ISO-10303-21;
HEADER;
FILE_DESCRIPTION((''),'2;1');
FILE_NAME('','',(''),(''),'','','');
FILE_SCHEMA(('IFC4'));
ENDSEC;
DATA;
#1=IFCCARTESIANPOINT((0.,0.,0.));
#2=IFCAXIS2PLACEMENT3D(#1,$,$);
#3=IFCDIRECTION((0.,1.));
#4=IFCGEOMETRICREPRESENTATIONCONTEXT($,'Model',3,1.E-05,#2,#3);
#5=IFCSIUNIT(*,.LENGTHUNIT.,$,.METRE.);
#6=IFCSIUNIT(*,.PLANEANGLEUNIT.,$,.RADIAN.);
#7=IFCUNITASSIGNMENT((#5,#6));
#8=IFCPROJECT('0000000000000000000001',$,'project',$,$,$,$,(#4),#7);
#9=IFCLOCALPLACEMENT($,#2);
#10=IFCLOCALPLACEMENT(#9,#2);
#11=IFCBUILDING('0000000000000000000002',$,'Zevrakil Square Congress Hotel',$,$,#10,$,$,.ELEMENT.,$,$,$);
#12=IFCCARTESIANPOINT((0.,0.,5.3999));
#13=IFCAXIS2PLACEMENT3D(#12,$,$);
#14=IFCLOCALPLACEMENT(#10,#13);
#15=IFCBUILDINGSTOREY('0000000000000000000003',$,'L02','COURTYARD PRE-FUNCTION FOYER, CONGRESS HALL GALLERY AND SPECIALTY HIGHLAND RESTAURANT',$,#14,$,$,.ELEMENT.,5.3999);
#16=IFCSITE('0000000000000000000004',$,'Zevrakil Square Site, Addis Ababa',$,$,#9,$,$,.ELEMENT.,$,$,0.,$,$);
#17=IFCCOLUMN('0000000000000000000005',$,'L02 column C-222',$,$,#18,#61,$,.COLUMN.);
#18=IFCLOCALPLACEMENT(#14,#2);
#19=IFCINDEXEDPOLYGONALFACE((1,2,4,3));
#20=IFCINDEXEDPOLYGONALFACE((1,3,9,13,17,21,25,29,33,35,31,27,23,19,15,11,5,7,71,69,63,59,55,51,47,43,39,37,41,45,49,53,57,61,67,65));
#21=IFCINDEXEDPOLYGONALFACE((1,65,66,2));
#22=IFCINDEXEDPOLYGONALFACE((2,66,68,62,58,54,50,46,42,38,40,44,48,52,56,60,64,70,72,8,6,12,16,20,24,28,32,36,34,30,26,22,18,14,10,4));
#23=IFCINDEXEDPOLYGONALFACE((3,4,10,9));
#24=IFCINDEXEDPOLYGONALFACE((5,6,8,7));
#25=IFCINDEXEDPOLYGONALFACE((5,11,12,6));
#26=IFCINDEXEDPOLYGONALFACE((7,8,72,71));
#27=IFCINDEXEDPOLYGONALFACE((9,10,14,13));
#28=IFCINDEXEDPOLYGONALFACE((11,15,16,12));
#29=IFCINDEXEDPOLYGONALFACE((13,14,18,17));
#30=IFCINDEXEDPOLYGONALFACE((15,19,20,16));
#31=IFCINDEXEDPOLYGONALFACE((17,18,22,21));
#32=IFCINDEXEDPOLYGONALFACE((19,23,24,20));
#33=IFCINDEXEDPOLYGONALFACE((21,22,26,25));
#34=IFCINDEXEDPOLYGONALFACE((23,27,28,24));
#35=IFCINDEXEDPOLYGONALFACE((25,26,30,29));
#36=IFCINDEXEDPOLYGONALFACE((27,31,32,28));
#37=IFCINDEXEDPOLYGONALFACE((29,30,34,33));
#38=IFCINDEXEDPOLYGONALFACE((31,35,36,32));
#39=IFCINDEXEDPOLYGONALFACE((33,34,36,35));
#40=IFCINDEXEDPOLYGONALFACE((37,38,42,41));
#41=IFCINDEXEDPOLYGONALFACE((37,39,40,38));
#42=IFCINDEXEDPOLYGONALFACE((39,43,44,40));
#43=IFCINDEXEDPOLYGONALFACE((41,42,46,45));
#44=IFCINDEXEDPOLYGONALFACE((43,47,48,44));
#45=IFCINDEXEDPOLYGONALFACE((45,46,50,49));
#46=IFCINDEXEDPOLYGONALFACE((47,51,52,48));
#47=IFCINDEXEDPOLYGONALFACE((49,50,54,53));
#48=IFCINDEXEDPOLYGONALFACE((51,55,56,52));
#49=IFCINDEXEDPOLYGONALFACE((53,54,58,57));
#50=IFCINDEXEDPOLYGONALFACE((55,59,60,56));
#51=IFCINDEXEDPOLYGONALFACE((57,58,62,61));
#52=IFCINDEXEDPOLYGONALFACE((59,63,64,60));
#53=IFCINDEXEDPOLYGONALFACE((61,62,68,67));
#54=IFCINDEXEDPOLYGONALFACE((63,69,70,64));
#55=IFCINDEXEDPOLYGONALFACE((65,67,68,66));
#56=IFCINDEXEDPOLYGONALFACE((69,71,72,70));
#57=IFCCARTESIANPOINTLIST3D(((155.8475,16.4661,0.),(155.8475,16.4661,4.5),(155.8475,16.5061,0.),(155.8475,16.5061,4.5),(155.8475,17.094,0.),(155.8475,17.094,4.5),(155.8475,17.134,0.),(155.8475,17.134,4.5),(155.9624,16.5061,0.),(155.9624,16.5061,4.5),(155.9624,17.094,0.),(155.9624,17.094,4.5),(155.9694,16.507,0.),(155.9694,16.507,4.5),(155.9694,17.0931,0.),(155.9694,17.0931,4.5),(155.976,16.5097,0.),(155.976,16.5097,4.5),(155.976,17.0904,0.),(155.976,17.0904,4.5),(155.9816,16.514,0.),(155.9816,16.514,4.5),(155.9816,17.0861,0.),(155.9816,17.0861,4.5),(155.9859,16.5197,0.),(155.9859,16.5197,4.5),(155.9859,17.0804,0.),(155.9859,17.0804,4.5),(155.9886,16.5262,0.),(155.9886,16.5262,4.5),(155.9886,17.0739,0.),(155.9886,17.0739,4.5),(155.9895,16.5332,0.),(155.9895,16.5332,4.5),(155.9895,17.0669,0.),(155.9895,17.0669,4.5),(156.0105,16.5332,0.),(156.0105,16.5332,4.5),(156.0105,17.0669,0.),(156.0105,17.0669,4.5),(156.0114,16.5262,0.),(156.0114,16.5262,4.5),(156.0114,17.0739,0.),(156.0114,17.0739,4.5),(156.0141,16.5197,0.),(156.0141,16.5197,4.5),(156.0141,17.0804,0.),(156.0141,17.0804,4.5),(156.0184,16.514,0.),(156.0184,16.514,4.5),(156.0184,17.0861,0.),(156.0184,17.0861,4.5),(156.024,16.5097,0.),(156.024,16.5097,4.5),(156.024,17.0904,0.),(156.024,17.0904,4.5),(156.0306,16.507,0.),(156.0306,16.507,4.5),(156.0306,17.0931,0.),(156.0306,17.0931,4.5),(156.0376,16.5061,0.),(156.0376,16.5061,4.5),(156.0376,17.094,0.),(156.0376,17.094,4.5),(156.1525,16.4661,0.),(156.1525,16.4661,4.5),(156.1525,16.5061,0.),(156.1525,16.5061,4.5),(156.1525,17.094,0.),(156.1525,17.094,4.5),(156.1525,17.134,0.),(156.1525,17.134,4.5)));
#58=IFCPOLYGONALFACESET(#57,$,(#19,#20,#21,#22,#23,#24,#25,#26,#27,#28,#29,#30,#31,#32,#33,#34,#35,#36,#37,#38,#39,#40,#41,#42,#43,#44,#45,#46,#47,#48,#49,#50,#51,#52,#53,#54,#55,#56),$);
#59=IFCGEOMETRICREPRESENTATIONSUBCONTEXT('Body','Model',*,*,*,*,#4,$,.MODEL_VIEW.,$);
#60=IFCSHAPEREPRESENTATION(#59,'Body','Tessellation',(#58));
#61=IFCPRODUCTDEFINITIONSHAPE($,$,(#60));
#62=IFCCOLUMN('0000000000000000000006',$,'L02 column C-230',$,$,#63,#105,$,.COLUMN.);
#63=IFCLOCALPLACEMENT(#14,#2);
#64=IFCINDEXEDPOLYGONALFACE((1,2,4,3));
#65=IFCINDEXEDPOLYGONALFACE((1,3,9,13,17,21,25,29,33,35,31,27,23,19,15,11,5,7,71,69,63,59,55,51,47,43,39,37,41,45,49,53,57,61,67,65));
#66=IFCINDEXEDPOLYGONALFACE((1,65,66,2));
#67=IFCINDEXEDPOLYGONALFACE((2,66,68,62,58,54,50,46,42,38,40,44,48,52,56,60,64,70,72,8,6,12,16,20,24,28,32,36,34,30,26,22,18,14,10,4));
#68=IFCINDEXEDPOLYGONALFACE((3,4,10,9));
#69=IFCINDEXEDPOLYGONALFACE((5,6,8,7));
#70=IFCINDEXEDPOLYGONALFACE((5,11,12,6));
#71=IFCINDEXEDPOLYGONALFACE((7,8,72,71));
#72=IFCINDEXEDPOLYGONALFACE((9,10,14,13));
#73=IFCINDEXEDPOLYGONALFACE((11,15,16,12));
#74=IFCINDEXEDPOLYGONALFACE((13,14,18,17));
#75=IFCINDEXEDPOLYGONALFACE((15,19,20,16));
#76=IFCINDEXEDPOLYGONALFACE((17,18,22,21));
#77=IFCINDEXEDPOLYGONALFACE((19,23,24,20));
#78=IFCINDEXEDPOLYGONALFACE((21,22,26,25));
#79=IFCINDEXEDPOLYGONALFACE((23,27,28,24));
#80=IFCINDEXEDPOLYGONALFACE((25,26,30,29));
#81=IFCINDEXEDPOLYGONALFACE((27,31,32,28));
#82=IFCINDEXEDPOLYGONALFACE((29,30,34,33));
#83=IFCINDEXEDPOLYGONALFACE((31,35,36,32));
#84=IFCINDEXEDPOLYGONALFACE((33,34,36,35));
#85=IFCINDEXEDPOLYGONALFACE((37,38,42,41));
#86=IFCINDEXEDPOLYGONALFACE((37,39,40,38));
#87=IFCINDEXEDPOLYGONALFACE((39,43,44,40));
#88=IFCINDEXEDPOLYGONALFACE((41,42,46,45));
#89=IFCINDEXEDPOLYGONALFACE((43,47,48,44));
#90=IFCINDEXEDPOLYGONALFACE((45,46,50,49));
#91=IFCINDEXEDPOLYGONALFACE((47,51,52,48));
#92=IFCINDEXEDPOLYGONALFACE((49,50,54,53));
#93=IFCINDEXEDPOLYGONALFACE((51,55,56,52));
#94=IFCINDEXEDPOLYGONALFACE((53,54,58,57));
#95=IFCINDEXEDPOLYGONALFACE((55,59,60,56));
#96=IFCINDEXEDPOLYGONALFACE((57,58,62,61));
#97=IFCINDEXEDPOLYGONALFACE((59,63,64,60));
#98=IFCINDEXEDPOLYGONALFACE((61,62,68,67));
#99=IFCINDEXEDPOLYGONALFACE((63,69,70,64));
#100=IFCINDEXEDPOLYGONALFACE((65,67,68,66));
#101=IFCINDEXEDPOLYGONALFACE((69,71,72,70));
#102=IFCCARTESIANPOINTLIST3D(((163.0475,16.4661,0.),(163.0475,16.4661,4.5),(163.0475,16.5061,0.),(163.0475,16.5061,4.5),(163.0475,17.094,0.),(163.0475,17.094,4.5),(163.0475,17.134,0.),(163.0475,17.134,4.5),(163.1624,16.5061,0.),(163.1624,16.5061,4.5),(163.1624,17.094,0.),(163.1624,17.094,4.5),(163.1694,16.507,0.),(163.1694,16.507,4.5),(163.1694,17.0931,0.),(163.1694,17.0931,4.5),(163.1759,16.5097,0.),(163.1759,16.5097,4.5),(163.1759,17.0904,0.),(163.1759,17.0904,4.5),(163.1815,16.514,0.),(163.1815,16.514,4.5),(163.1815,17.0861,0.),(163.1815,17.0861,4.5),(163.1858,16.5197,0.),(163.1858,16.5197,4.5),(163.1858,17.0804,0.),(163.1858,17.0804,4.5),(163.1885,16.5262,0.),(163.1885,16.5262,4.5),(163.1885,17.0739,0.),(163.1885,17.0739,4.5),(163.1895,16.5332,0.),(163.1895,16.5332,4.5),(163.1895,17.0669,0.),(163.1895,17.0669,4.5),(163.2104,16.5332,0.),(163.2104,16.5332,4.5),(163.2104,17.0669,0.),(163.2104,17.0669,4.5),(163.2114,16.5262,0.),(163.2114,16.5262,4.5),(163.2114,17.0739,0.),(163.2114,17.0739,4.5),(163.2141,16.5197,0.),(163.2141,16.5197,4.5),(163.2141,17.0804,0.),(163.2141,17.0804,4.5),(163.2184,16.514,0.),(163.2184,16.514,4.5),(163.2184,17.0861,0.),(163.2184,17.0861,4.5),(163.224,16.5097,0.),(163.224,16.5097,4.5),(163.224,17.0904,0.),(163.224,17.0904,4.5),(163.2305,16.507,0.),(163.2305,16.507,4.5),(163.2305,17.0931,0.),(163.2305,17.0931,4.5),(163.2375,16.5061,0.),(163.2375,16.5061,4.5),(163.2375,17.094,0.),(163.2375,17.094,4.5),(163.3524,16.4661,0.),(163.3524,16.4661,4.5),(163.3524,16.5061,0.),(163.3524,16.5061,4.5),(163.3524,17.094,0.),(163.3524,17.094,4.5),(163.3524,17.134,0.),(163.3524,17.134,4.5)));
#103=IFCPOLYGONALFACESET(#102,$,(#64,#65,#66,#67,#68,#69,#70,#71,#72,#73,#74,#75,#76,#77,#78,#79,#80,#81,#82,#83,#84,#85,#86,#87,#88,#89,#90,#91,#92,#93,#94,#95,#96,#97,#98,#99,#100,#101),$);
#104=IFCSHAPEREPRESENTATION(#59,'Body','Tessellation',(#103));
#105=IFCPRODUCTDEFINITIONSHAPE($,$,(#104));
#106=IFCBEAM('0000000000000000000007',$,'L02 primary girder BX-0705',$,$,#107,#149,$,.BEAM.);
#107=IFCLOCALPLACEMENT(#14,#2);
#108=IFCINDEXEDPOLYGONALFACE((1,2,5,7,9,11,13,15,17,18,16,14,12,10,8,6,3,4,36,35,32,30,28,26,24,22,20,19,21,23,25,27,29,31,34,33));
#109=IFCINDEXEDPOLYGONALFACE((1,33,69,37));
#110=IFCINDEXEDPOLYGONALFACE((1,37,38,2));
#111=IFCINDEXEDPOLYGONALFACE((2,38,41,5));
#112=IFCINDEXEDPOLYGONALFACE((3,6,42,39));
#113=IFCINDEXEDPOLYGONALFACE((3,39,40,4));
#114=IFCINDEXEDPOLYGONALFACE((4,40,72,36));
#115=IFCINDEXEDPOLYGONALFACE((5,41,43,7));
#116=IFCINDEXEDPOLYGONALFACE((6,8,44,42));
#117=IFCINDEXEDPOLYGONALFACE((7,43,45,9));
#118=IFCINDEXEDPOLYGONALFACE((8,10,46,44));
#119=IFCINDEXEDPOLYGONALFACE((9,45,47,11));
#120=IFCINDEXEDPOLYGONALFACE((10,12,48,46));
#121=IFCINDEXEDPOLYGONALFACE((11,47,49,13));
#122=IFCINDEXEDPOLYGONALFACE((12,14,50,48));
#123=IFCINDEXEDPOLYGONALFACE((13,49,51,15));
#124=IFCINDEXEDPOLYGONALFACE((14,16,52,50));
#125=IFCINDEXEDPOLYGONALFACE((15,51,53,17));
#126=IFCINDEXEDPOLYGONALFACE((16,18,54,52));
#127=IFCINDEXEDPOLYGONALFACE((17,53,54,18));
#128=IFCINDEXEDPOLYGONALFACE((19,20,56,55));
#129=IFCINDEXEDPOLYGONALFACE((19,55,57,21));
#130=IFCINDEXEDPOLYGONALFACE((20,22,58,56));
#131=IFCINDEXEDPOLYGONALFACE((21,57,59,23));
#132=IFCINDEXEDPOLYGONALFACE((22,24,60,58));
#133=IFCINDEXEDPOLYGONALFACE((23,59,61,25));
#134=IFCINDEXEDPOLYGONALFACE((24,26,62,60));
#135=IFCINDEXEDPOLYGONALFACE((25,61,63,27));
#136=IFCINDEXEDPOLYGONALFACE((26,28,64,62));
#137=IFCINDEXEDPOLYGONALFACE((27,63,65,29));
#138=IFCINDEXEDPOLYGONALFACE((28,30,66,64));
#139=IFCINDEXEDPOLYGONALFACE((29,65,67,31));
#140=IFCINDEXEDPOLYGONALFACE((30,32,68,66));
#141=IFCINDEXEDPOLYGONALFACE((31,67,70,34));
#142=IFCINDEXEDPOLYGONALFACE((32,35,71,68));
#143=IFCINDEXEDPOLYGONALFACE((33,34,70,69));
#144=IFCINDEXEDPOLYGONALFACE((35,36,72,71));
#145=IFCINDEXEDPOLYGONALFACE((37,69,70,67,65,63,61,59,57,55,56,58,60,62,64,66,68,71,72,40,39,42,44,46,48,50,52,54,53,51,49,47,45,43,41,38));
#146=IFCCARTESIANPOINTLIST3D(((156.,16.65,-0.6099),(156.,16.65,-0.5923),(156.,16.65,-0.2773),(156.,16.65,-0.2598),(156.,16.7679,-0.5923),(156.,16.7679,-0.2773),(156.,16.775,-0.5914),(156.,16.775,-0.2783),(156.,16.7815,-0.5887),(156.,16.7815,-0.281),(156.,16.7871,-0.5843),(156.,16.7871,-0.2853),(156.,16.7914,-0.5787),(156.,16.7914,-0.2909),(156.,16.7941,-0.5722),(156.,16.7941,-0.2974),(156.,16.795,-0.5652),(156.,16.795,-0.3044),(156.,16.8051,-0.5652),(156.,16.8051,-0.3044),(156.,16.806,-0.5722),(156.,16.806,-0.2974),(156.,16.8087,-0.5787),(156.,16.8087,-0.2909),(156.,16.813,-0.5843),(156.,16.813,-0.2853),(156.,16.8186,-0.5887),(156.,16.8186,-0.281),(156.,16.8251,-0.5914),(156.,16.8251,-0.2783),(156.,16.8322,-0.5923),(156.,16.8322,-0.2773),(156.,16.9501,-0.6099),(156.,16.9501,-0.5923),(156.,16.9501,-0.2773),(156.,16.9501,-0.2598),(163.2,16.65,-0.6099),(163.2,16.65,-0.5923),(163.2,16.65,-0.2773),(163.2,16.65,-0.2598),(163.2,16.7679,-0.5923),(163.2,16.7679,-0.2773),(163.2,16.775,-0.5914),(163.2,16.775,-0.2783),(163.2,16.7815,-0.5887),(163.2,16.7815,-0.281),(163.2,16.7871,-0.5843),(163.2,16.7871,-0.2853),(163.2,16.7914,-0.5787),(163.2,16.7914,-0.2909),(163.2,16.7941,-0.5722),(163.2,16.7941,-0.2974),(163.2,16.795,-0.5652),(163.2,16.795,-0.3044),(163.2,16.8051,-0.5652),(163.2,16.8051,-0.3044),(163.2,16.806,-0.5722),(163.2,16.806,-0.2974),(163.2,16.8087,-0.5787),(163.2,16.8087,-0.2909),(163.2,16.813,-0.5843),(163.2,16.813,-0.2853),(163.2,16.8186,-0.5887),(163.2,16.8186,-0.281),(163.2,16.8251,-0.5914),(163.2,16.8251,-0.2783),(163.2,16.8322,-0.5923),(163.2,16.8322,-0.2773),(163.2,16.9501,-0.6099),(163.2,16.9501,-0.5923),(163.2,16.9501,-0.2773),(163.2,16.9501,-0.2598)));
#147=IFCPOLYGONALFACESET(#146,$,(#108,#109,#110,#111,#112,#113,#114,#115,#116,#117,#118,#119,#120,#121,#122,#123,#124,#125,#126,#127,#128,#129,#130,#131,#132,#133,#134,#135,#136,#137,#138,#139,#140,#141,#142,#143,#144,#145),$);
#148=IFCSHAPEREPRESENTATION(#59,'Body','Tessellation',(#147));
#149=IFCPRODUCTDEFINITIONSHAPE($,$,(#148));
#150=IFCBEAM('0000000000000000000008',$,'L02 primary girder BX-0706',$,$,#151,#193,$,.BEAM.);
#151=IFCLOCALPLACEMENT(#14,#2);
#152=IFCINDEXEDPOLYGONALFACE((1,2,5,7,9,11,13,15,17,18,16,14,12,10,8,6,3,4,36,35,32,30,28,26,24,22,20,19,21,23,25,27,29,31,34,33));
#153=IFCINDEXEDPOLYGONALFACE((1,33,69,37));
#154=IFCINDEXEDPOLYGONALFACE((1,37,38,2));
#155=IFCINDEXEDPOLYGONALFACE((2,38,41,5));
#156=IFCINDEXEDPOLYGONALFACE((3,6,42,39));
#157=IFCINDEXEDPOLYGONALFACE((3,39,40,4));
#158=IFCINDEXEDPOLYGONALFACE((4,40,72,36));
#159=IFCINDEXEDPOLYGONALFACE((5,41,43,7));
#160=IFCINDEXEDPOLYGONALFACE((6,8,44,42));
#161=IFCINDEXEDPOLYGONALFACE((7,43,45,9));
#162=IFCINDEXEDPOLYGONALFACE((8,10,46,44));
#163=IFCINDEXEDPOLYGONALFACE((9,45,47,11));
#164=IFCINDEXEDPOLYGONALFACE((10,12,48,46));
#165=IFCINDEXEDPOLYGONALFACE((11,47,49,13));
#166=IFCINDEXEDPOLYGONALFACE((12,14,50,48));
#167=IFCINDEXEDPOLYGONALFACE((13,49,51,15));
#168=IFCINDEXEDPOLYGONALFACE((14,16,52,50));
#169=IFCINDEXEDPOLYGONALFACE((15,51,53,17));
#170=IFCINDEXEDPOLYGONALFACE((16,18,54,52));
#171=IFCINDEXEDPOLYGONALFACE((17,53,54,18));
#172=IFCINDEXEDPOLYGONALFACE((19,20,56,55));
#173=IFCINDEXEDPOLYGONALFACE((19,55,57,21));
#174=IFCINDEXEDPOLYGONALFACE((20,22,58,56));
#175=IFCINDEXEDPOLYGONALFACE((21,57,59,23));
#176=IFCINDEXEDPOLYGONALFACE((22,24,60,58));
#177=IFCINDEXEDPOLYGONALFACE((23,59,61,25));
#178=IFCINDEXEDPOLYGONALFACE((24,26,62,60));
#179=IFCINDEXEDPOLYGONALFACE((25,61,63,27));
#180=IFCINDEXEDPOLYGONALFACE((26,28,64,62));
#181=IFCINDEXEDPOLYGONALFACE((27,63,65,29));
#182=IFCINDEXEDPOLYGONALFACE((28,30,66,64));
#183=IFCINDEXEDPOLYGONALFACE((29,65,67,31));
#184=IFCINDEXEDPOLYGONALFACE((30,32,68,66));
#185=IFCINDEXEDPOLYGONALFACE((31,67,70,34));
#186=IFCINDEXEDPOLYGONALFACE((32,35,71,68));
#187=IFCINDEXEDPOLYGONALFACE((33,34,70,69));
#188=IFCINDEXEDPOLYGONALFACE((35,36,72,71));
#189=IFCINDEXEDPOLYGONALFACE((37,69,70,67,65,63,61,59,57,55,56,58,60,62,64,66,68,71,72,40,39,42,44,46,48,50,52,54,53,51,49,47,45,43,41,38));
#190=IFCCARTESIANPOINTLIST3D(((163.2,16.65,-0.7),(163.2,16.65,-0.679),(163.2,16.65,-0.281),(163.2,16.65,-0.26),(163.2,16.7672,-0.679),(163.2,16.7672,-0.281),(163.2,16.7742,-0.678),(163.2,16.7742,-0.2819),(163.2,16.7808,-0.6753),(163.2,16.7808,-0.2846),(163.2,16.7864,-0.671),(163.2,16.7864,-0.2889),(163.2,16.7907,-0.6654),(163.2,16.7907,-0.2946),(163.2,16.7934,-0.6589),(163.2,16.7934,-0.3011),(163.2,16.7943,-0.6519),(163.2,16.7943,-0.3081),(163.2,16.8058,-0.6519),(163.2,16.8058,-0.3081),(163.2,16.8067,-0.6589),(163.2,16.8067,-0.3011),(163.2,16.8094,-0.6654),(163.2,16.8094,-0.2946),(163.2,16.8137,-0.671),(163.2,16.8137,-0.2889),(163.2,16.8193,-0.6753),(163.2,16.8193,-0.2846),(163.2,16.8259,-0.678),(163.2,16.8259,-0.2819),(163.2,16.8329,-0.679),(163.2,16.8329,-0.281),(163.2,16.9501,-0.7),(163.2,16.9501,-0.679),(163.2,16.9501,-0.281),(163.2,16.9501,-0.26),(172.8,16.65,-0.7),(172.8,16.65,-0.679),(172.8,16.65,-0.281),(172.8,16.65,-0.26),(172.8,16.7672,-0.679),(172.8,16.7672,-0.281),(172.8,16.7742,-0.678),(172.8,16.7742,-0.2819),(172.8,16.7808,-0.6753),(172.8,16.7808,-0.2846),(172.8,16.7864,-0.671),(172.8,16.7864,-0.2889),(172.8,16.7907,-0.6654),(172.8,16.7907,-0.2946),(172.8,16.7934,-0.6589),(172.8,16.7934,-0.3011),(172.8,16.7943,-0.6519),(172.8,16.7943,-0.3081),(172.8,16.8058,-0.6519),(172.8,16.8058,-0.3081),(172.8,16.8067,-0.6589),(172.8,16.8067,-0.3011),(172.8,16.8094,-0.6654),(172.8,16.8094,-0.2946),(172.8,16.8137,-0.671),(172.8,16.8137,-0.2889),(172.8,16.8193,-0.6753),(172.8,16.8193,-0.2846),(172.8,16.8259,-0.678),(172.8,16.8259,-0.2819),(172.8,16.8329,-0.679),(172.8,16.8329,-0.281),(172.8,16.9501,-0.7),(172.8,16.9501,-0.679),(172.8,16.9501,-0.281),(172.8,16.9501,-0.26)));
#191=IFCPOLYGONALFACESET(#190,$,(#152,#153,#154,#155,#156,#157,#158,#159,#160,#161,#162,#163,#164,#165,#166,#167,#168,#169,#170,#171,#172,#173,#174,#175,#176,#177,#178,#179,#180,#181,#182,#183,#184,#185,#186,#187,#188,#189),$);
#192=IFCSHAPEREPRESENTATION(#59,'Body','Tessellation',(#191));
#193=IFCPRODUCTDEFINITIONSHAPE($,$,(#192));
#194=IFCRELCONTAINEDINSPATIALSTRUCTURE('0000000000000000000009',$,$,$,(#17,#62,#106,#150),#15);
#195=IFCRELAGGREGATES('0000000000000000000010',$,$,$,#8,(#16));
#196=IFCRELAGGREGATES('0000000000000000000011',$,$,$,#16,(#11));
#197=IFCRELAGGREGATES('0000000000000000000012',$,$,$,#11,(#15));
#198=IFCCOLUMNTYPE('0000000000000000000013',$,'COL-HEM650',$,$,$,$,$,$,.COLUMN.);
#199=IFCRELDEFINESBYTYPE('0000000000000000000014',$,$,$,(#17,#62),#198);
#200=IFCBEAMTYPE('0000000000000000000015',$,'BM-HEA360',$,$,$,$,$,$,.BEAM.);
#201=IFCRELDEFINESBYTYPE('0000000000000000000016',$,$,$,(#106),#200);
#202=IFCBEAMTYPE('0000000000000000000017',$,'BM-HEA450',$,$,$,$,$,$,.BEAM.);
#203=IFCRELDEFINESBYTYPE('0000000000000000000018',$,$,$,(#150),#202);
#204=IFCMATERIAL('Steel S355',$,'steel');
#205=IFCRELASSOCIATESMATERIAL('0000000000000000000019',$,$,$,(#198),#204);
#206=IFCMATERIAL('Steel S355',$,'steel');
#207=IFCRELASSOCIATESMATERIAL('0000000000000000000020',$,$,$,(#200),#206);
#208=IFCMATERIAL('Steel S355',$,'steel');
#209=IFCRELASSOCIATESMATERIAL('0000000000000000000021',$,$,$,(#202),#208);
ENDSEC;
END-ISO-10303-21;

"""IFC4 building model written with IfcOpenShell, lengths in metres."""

from ifc_helpers import new_model, si_unit, direction, frame, origin, origin_2d, place, context, subcontext, project, spatial, i_section, extrude, material, material_profile, profile_set, type_object, element, save


model = new_model("IFC4")

# Units and contexts
model_context = context("Model", 3, precision=1e-05, world=origin(), true_north=direction((0.0, 1.0)))
body_context = subcontext(model_context, "Body", "Model", "MODEL_VIEW")
ifc_project = project(units=[si_unit("LENGTHUNIT", "METRE"), si_unit("PLANEANGLEUNIT", "RADIAN")], contexts=[model_context])

# Site, building, storey
site_placement = place(None, origin())
site = spatial("IfcSite", under=ifc_project, at=site_placement, Name="Zevrakil Square Site, Addis Ababa", CompositionType="ELEMENT", RefElevation=0.0)
building_placement = place(site_placement, origin())
building = spatial("IfcBuilding", under=site, at=building_placement, Name="Zevrakil Square Congress Hotel", CompositionType="ELEMENT")
storey_placement = place(building_placement, frame((0.0, 0.0, 5.3999)))
storey = spatial("IfcBuildingStorey", under=building, at=storey_placement, Name="L02", Description="COURTYARD PRE-FUNCTION FOYER, CONGRESS HALL GALLERY AND SPECIALTY HIGHLAND RESTAURANT", CompositionType="ELEMENT", Elevation=5.3999)

# Columns
ifc_material_1 = material(Name="Steel S355", Category="steel")
ifc_material_profile_1 = material_profile(ifc_material_1, i_section(OverallWidth=0.3049, OverallDepth=0.668, WebThickness=0.021, FlangeThickness=0.04, FilletRadius=0.0271, at=origin_2d()), Name="HEM 650")
ifc_profile_set_1 = profile_set([ifc_material_profile_1], Name="Steel S355")
column_type = type_object("IfcColumnType", Name="COL-HEM650", PredefinedType="COLUMN", material=ifc_profile_set_1)
for number, where, z_axis, x_axis, name in (
    (1, (156.0, 16.8, 0.0), (0.0, 0.0, 1.0), (1.0, 0.0, 0.0), "L02 column C-222"),
    (2, (163.2, 16.8, 0.0), (0.0, 0.0, 1.0), (1.0, 0.0, 0.0), "L02 column C-230"),
):
    element("IfcColumn", number, at=place(storey_placement, frame(where, z_axis=z_axis, x_axis=x_axis)), inside=storey, type_object=column_type, Name=name, PredefinedType="COLUMN", context=body_context, shape_type="SweptSolid", body=[
        extrude(i_section(OverallWidth=0.3049, OverallDepth=0.668, WebThickness=0.021, FlangeThickness=0.04, FilletRadius=0.0271, at=origin_2d()), origin(), (0.0, 0.0, 1.0), 4.5),
    ])

# Beams
ifc_material_2 = material(Name="Steel S355", Category="steel")
ifc_material_profile_2 = material_profile(ifc_material_2, i_section(OverallWidth=0.3, OverallDepth=0.3501, WebThickness=0.01, FlangeThickness=0.0176, FilletRadius=0.0271, at=origin_2d()), Name="HEA 360")
ifc_profile_set_2 = profile_set([ifc_material_profile_2], Name="Steel S355")
beam_type_1 = type_object("IfcBeamType", Name="BM-HEA360", PredefinedType="BEAM", material=ifc_profile_set_2)
beam_1_placement = place(storey_placement, frame((156.0, 16.8, -0.4348), z_axis=(1.0, 0.0, 0.0), x_axis=(0.0, 1.0, 0.0)))
element("IfcBeam", 3, at=beam_1_placement, inside=storey, type_object=beam_type_1, Name="L02 primary girder BX-0705", PredefinedType="BEAM", context=body_context, shape_type="SweptSolid", body=[
    extrude(i_section(OverallWidth=0.3, OverallDepth=0.3501, WebThickness=0.01, FlangeThickness=0.0176, FilletRadius=0.0271, at=origin_2d()), origin(), (0.0, 0.0, 1.0), 7.2),
])
ifc_material_3 = material(Name="Steel S355", Category="steel")
ifc_material_profile_3 = material_profile(ifc_material_3, i_section(OverallWidth=0.3, OverallDepth=0.4399, WebThickness=0.0115, FlangeThickness=0.021, FilletRadius=0.0271, at=origin_2d()), Name="HEA 450")
ifc_profile_set_3 = profile_set([ifc_material_profile_3], Name="Steel S355")
beam_type_2 = type_object("IfcBeamType", Name="BM-HEA450", PredefinedType="BEAM", material=ifc_profile_set_3)
beam_2_placement = place(storey_placement, frame((163.2, 16.8, -0.48), z_axis=(1.0, 0.0, 0.0), x_axis=(0.0, 1.0, 0.0)))
element("IfcBeam", 4, at=beam_2_placement, inside=storey, type_object=beam_type_2, Name="L02 primary girder BX-0706", PredefinedType="BEAM", context=body_context, shape_type="SweptSolid", body=[
    extrude(i_section(OverallWidth=0.3, OverallDepth=0.4399, WebThickness=0.0115, FlangeThickness=0.021, FilletRadius=0.0271, at=origin_2d()), origin(), (0.0, 0.0, 1.0), 9.6001),
])

save(model, "model.ifc")
